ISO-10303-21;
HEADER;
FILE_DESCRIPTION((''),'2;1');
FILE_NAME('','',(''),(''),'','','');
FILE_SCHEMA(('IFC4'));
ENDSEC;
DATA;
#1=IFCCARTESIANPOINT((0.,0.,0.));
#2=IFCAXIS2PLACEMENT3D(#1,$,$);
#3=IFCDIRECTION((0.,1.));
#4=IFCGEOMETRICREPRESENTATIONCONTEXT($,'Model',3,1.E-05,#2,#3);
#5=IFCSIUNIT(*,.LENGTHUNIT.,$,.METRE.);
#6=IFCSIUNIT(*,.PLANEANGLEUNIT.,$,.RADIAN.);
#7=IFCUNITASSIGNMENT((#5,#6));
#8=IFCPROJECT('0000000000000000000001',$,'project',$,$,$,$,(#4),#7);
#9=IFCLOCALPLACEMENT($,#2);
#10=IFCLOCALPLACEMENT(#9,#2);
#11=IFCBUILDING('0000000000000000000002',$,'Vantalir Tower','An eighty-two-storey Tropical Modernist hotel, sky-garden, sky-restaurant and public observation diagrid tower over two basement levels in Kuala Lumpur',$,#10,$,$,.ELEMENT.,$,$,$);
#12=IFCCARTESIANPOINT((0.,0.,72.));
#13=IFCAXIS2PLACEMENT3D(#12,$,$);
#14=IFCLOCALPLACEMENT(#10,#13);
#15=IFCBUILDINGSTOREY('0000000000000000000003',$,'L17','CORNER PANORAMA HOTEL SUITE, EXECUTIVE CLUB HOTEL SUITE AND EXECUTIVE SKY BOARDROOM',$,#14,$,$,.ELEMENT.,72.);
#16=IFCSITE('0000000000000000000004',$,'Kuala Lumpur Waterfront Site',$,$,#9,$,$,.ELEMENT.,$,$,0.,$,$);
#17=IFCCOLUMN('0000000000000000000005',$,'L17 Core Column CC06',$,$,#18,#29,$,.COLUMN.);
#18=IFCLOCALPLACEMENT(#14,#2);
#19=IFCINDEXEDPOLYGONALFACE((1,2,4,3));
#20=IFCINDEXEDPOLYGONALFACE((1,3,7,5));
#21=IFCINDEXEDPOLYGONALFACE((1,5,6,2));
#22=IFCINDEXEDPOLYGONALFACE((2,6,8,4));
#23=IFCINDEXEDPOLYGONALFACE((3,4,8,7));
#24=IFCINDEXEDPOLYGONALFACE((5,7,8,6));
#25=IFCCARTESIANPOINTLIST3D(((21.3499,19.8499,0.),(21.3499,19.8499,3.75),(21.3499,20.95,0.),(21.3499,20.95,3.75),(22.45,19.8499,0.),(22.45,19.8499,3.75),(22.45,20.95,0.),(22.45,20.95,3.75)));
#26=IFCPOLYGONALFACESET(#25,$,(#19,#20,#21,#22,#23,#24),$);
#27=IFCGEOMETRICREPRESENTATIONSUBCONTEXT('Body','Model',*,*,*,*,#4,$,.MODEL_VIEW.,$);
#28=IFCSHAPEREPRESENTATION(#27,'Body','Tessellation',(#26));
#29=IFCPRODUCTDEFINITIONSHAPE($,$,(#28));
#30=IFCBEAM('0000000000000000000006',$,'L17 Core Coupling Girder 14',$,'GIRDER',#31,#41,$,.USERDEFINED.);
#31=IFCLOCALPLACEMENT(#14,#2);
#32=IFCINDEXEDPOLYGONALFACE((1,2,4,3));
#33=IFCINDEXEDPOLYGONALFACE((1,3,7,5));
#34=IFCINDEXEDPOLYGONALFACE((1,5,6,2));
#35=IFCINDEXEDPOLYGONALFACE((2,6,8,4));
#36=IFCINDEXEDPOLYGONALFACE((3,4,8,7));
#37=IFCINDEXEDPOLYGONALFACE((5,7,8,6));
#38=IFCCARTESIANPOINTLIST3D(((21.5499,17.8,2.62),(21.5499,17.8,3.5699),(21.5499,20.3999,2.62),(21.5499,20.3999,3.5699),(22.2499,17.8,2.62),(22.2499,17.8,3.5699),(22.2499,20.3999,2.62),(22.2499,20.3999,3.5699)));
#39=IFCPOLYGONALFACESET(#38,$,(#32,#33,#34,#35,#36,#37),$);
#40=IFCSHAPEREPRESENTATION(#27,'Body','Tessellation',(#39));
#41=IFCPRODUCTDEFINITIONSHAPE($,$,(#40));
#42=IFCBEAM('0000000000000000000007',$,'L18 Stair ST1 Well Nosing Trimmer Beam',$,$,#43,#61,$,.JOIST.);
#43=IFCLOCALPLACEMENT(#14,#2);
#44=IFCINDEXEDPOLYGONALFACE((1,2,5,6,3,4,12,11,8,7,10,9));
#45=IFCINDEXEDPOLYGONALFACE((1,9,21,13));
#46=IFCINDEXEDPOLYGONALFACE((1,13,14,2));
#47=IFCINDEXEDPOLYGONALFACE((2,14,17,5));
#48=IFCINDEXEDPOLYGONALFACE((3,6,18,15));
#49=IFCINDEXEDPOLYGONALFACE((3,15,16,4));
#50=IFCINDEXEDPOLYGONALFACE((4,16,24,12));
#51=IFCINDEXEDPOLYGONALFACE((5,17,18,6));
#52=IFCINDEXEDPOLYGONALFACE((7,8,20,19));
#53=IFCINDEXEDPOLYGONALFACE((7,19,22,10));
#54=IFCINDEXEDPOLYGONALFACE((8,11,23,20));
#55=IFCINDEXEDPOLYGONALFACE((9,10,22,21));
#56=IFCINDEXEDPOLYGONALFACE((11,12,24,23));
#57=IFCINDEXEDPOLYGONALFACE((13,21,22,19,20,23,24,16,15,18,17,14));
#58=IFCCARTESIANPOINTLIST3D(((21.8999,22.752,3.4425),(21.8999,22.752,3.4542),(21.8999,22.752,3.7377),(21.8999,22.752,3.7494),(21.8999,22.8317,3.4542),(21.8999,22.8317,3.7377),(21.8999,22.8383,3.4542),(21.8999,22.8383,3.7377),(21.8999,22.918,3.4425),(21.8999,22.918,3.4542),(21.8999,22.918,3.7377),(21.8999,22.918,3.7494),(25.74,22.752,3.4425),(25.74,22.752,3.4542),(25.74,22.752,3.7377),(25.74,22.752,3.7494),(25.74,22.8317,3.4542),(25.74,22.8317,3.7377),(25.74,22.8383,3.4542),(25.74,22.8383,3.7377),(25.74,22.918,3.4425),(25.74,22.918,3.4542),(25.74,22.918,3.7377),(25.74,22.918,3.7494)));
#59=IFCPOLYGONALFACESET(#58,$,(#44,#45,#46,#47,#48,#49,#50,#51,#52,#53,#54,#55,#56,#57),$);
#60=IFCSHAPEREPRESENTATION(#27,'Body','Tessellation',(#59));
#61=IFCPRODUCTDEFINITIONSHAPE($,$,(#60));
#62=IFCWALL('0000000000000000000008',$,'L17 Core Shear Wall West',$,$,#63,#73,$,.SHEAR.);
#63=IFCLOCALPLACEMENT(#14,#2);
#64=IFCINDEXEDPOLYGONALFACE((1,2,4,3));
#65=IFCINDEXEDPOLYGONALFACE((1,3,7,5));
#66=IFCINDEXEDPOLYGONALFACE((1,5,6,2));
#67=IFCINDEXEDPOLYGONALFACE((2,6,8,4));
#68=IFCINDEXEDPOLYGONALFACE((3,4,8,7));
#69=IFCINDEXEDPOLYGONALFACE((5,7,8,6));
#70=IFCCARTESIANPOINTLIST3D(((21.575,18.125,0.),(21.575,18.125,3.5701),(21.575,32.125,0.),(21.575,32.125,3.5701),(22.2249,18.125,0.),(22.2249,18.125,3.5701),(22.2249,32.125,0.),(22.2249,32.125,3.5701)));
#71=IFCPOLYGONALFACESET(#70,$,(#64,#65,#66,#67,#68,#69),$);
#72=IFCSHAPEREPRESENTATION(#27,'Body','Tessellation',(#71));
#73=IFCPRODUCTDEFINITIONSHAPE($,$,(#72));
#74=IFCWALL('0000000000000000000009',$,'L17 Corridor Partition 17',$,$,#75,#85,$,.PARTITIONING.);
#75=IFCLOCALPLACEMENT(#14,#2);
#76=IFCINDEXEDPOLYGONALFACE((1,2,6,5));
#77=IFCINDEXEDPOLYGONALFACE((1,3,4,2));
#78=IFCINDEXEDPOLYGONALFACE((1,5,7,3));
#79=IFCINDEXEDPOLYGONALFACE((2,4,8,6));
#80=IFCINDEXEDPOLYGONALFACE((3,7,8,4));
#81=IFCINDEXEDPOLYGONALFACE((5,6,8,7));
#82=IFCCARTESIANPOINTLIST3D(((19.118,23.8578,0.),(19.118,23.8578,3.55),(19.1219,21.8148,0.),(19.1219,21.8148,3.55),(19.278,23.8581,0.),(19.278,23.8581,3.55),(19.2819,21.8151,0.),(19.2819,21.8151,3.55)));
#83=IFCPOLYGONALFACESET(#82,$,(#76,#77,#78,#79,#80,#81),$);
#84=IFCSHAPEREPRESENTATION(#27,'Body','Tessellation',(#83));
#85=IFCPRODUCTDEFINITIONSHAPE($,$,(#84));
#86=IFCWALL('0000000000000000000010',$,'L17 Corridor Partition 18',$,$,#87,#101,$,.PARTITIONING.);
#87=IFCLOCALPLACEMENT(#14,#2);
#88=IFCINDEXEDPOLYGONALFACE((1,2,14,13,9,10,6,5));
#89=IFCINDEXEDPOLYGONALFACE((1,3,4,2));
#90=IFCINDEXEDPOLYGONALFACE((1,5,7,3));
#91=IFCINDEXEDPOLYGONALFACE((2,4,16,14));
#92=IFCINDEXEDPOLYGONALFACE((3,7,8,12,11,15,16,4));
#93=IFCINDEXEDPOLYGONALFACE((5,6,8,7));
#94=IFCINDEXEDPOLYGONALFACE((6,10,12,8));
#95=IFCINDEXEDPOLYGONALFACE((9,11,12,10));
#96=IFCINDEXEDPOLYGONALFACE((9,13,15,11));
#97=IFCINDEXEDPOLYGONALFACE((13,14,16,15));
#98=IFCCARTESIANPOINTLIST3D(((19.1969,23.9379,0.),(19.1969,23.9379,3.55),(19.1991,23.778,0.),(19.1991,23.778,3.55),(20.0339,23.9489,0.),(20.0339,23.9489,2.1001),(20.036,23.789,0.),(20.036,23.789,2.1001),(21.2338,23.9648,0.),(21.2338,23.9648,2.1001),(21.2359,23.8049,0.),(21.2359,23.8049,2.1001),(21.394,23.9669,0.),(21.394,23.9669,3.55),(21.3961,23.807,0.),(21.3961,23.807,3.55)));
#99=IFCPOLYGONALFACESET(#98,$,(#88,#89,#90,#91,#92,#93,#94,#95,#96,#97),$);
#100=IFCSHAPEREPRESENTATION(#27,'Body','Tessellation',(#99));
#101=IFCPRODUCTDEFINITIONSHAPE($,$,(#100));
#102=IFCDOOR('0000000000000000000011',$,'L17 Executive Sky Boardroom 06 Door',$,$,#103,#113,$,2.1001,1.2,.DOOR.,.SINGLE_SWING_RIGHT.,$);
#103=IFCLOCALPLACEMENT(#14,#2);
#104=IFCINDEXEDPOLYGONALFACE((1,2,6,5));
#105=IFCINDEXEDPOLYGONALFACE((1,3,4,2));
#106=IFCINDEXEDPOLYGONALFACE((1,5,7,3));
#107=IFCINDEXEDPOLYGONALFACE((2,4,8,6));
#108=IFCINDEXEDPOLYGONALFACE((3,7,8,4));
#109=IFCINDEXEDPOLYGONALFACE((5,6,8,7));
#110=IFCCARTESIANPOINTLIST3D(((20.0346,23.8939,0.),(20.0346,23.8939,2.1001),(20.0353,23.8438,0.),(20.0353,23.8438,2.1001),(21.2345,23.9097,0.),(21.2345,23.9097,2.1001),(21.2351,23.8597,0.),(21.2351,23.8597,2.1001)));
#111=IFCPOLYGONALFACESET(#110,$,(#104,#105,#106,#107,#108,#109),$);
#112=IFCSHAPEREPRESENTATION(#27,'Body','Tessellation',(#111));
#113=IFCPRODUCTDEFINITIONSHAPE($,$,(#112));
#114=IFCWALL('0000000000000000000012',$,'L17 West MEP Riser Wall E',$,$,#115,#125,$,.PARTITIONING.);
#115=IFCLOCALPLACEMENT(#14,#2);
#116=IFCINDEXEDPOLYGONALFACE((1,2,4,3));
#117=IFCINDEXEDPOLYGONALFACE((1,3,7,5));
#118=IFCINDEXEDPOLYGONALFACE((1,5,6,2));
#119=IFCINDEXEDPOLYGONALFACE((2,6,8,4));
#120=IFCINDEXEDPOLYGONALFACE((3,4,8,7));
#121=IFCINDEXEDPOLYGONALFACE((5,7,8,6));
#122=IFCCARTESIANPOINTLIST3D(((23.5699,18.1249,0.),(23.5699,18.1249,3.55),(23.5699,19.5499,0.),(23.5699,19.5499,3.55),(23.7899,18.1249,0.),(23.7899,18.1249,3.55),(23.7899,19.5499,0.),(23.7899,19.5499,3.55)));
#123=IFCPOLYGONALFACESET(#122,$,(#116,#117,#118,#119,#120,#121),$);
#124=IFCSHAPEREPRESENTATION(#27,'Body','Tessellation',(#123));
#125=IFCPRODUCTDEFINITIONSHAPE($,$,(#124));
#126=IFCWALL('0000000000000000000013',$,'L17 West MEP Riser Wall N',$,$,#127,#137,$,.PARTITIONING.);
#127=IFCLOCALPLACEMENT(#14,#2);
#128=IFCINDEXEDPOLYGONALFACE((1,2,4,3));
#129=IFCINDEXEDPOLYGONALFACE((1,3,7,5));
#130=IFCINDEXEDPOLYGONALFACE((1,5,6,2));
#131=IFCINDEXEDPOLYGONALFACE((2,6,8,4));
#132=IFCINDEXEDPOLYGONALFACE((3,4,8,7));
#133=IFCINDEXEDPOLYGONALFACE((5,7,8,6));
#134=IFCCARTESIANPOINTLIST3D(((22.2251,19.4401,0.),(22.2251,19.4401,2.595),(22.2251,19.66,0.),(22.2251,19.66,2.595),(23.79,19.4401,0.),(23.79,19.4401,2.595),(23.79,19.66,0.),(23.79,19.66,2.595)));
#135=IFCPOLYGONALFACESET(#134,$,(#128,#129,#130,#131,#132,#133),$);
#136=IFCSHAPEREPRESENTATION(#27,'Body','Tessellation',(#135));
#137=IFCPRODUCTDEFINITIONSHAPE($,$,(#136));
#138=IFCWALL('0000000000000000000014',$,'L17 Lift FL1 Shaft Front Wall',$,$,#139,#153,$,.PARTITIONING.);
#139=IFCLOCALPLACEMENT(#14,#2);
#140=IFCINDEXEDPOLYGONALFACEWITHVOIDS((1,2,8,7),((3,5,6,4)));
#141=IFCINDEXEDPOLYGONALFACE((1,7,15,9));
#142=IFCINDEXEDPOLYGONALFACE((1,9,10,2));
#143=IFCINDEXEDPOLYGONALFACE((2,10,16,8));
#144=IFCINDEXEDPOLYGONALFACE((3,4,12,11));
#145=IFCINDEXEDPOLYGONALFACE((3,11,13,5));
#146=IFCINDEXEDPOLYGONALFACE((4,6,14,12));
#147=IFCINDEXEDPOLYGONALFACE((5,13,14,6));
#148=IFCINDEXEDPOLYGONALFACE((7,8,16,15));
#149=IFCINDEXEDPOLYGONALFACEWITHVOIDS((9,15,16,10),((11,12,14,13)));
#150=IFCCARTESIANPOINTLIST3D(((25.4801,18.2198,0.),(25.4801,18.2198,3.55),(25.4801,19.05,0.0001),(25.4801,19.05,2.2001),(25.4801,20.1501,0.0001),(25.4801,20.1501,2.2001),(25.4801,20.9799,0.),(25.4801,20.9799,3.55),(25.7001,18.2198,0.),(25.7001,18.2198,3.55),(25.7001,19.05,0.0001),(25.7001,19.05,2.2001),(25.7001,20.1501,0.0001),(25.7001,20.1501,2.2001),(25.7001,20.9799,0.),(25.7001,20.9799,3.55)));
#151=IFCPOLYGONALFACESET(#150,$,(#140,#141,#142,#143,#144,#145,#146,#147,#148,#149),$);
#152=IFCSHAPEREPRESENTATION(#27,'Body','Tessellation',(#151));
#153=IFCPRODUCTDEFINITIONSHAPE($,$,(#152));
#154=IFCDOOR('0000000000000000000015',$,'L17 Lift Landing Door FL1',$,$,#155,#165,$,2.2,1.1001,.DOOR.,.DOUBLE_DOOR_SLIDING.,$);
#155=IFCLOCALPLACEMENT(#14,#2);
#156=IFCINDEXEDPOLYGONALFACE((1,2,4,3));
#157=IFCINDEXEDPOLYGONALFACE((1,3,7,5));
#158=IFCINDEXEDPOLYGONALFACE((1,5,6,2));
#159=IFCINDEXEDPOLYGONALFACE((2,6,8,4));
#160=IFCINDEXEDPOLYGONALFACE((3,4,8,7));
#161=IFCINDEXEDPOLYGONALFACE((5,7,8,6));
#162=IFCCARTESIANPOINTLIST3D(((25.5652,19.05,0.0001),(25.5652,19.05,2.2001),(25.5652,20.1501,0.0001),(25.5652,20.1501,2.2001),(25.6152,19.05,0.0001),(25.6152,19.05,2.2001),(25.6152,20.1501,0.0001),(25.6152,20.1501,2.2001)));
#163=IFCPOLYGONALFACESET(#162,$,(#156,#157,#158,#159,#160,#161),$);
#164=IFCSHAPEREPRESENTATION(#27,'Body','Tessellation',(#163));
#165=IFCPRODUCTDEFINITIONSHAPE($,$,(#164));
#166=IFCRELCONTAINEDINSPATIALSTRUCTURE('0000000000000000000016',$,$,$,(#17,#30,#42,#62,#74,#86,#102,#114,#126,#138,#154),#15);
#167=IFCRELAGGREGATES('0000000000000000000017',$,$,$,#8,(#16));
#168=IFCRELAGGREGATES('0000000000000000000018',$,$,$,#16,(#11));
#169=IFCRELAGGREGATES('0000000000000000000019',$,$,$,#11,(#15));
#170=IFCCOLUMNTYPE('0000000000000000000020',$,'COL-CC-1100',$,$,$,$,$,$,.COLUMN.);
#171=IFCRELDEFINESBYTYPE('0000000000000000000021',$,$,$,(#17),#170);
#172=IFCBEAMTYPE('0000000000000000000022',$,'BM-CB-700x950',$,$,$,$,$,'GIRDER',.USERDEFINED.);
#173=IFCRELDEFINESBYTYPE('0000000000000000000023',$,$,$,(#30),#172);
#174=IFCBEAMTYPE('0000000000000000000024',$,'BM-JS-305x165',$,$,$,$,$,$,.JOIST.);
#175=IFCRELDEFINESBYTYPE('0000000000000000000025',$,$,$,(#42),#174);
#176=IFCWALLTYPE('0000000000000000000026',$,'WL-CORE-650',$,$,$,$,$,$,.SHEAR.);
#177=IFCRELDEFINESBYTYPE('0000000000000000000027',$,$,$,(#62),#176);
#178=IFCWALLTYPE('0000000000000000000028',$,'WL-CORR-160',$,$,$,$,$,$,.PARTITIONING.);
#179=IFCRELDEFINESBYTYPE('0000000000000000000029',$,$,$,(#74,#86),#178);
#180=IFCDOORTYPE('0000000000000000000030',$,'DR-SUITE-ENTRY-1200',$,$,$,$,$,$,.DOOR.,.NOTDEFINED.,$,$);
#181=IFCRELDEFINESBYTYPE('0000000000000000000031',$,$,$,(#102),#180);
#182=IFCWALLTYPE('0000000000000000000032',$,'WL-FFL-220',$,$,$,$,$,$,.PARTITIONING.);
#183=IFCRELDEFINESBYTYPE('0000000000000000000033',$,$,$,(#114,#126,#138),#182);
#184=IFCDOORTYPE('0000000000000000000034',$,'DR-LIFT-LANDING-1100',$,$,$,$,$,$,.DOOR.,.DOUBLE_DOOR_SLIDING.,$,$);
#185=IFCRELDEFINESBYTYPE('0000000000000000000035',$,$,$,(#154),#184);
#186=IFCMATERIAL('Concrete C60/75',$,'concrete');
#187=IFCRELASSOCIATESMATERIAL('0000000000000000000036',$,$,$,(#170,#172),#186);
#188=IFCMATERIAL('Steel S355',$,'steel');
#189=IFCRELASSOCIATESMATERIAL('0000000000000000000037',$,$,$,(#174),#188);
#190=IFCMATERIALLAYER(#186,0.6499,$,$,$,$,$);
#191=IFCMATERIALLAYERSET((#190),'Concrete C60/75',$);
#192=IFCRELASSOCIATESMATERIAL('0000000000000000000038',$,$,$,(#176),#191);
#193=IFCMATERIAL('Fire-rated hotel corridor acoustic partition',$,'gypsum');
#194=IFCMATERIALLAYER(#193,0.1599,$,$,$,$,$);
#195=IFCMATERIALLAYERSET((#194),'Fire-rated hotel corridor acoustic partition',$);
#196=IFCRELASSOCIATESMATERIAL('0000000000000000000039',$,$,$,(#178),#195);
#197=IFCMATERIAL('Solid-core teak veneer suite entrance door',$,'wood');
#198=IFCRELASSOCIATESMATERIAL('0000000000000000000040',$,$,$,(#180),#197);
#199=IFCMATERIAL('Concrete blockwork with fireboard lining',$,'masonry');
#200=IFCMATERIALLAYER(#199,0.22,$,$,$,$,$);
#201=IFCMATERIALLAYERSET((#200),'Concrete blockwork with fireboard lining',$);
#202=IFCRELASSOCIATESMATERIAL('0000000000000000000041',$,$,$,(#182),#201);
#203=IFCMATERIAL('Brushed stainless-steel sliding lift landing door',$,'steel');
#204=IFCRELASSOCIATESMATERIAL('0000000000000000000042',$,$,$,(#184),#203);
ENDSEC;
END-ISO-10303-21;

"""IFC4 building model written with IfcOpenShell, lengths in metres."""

from ifc_helpers import new_model, si_unit, direction, frame, frame_2d, origin, origin_2d, place, context, subcontext, project, spatial, rectangle, i_section, extrude, material, layer, layer_set, material_profile, profile_set, type_object, element, fill, save


model = new_model("IFC4")

# Units and contexts
model_context = context("Model", 3, precision=1e-05, world=origin(), true_north=direction((0.0, 1.0)))
body_context = subcontext(model_context, "Body", "Model", "MODEL_VIEW")
ifc_project = project(units=[si_unit("LENGTHUNIT", "METRE"), si_unit("PLANEANGLEUNIT", "RADIAN")], contexts=[model_context])

# Site, building, storey
site_placement = place(None, origin())
site = spatial("IfcSite", under=ifc_project, at=site_placement, Name="Kuala Lumpur Waterfront Site", CompositionType="ELEMENT", RefElevation=0.0)
building_placement = place(site_placement, origin())
building = spatial("IfcBuilding", under=site, at=building_placement, Name="Vantalir Tower", Description="An eighty-two-storey Tropical Modernist hotel, sky-garden, sky-restaurant and public observation diagrid tower over two basement levels in Kuala Lumpur", CompositionType="ELEMENT")
storey_placement = place(building_placement, frame((0.0, 0.0, 72.0)))
storey = spatial("IfcBuildingStorey", under=building, at=storey_placement, Name="L17", Description="CORNER PANORAMA HOTEL SUITE, EXECUTIVE CLUB HOTEL SUITE AND EXECUTIVE SKY BOARDROOM", CompositionType="ELEMENT", Elevation=72.0)

# Column
ifc_material_1 = material(Name="Concrete C60/75", Category="concrete")
ifc_material_profile_1 = material_profile(ifc_material_1, rectangle(XDim=1.1001, YDim=1.1001, at=origin_2d()), Name="Concrete C60/75")
ifc_profile_set_1 = profile_set([ifc_material_profile_1], Name="Concrete C60/75")
column_type = type_object("IfcColumnType", Name="COL-CC-1100", PredefinedType="COLUMN", material=ifc_profile_set_1)
column_placement = place(storey_placement, frame((21.8999, 20.3999, 0.0), z_axis=(0.0, 0.0, 1.0), x_axis=(1.0, 0.0, 0.0)))
element("IfcColumn", 1, at=column_placement, inside=storey, type_object=column_type, Name="L17 Core Column CC06", PredefinedType="COLUMN", context=body_context, shape_type="SweptSolid", body=[
    extrude(rectangle(XDim=1.1001, YDim=1.1001, at=origin_2d()), origin(), (0.0, 0.0, 1.0), 3.75),
])

# Beams
ifc_material_profile_2 = material_profile(ifc_material_1, rectangle(XDim=0.7, YDim=0.95, at=origin_2d()), Name="Concrete C60/75")
ifc_profile_set_2 = profile_set([ifc_material_profile_2], Name="Concrete C60/75")
beam_type_1 = type_object("IfcBeamType", Name="BM-CB-700x950", ElementType="GIRDER", PredefinedType="USERDEFINED", material=ifc_profile_set_2)
beam_1_placement = place(storey_placement, frame((21.8999, 20.3999, 3.095), z_axis=(0.0, -1.0, 0.0), x_axis=(1.0, 0.0, 0.0)))
element("IfcBeam", 2, at=beam_1_placement, inside=storey, type_object=beam_type_1, Name="L17 Core Coupling Girder 14", ObjectType="GIRDER", PredefinedType="USERDEFINED", context=body_context, shape_type="SweptSolid", body=[
    extrude(rectangle(XDim=0.7, YDim=0.95, at=origin_2d()), origin(), (0.0, 0.0, 1.0), 2.5999),
])
ifc_material_2 = material(Name="Steel S355", Category="steel")
ifc_material_profile_3 = material_profile(ifc_material_2, i_section(OverallWidth=0.166, OverallDepth=0.3069, WebThickness=0.0066, FlangeThickness=0.0117, at=origin_2d()), Name="Steel S355")
ifc_profile_set_3 = profile_set([ifc_material_profile_3], Name="Steel S355")
beam_type_2 = type_object("IfcBeamType", Name="BM-JS-305x165", PredefinedType="JOIST", material=ifc_profile_set_3)
beam_2_placement = place(storey_placement, frame((21.8999, 22.835, 3.5959), z_axis=(1.0, 0.0, 0.0), x_axis=(0.0, 1.0, 0.0)))
element("IfcBeam", 3, at=beam_2_placement, inside=storey, type_object=beam_type_2, Name="L18 Stair ST1 Well Nosing Trimmer Beam", PredefinedType="JOIST", context=body_context, shape_type="SweptSolid", body=[
    extrude(i_section(OverallWidth=0.166, OverallDepth=0.3069, WebThickness=0.0066, FlangeThickness=0.0117, at=origin_2d()), origin(), (0.0, 0.0, 1.0), 3.8401),
])

# Walls
ifc_layer_1 = layer(ifc_material_1, 0.6499)
ifc_layer_set_1 = layer_set([ifc_layer_1], Name="Concrete C60/75")
wall_type_1 = type_object("IfcWallType", Name="WL-CORE-650", PredefinedType="SHEAR", material=ifc_layer_set_1)
wall_1_placement = place(storey_placement, frame((21.8999, 18.125, 0.0), z_axis=(0.0, 0.0, 1.0), x_axis=(0.0, 1.0, 0.0)))
element("IfcWall", 4, at=wall_1_placement, inside=storey, type_object=wall_type_1, Name="L17 Core Shear Wall West", PredefinedType="SHEAR", context=body_context, shape_type="SweptSolid", body=[
    extrude(rectangle(XDim=14.0, YDim=0.6499, at=frame_2d((7.0, 0.0))), origin(), (0.0, 0.0, 1.0), 3.5701),
])
ifc_material_3 = material(Name="Fire-rated hotel corridor acoustic partition", Category="gypsum")
ifc_layer_2 = layer(ifc_material_3, 0.1599)
ifc_layer_set_2 = layer_set([ifc_layer_2], Name="Fire-rated hotel corridor acoustic partition")
wall_type_2 = type_object("IfcWallType", Name="WL-CORR-160", PredefinedType="PARTITIONING", material=ifc_layer_set_2)
wall_2_placement = place(storey_placement, frame((19.2019, 21.8149, 0.0), z_axis=(0.0, 0.0, 1.0), x_axis=(-0.001912, 0.999998, 0.0)))
element("IfcWall", 5, at=wall_2_placement, inside=storey, type_object=wall_type_2, Name="L17 Corridor Partition 17", PredefinedType="PARTITIONING", context=body_context, shape_type="SweptSolid", body=[
    extrude(rectangle(XDim=2.043, YDim=0.1599, at=frame_2d((1.0215, 0.0))), origin(), (0.0, 0.0, 1.0), 3.55),
])

# Wall, opening, door
wall_3_placement = place(storey_placement, frame((19.198, 23.8579, 0.0), z_axis=(0.0, 0.0, 1.0), x_axis=(0.999913, 0.013223, 0.0)))
wall_3 = element("IfcWall", 6, at=wall_3_placement, inside=storey, type_object=wall_type_2, Name="L17 Corridor Partition 18", PredefinedType="PARTITIONING", context=body_context, shape_type="SweptSolid", body=[
    extrude(rectangle(XDim=2.1973, YDim=0.1599, at=frame_2d((1.0986, 0.0))), origin(), (0.0, 0.0, 1.0), 3.55),
])
opening_1_placement = place(wall_3_placement, frame((0.8369, 0.0, 0.0)))
opening_1 = element("IfcOpeningElement", 7, at=opening_1_placement, cuts=wall_3, PredefinedType="OPENING", context=body_context, shape_type="SweptSolid", body=[
    extrude(rectangle(XDim=1.2, YDim=2.1001, at=frame_2d((0.6001, 1.05))), frame((0.0, 0.0898, 0.0), z_axis=(0.0, -1.0, 0.0), x_axis=(1.0, 0.0, 0.0)), (0.0, 0.0, 1.0), 0.1799),
])
ifc_material_4 = material(Name="Solid-core teak veneer suite entrance door", Category="wood")
door_type_1 = type_object("IfcDoorType", Name="DR-SUITE-ENTRY-1200", OperationType="NOTDEFINED", PredefinedType="DOOR", material=ifc_material_4)
door_1_placement = place(opening_1_placement, origin())
door_1 = element("IfcDoor", 8, at=door_1_placement, inside=storey, type_object=door_type_1, Name="L17 Executive Sky Boardroom 06 Door", OperationType="SINGLE_SWING_RIGHT", OverallHeight=2.1001, OverallWidth=1.2, PredefinedType="DOOR", context=body_context, shape_type="SweptSolid", body=[
    extrude(rectangle(XDim=1.2, YDim=2.1001, at=frame_2d((0.6001, 1.05))), frame((0.0, 0.0249, 0.0), z_axis=(0.0, -1.0, 0.0), x_axis=(1.0, 0.0, 0.0)), (0.0, 0.0, 1.0), 0.05),
])
fill(opening_1, door_1)

# Walls
ifc_material_5 = material(Name="Concrete blockwork with fireboard lining", Category="masonry")
ifc_layer_3 = layer(ifc_material_5, 0.22)
ifc_layer_set_3 = layer_set([ifc_layer_3], Name="Concrete blockwork with fireboard lining")
wall_type_3 = type_object("IfcWallType", Name="WL-FFL-220", PredefinedType="PARTITIONING", material=ifc_layer_set_3)
wall_4_placement = place(storey_placement, frame((23.6799, 18.125, 0.0), z_axis=(0.0, 0.0, 1.0), x_axis=(0.0, 1.0, 0.0)))
element("IfcWall", 9, at=wall_4_placement, inside=storey, type_object=wall_type_3, Name="L17 West MEP Riser Wall E", PredefinedType="PARTITIONING", context=body_context, shape_type="SweptSolid", body=[
    extrude(rectangle(XDim=1.425, YDim=0.22, at=frame_2d((0.7124, 0.0))), origin(), (0.0, 0.0, 1.0), 3.55),
])
wall_5_placement = place(storey_placement, frame((22.2251, 19.55, 0.0), z_axis=(0.0, 0.0, 1.0), x_axis=(1.0, 0.0, 0.0)))
element("IfcWall", 10, at=wall_5_placement, inside=storey, type_object=wall_type_3, Name="L17 West MEP Riser Wall N", PredefinedType="PARTITIONING", context=body_context, shape_type="SweptSolid", body=[
    extrude(rectangle(XDim=1.5649, YDim=0.22, at=frame_2d((0.7825, 0.0))), origin(), (0.0, 0.0, 1.0), 2.595),
])

# Wall, opening, door
wall_6_placement = place(storey_placement, frame((25.5901, 18.22, 0.0), z_axis=(0.0, 0.0, 1.0), x_axis=(0.0, 1.0, 0.0)))
wall_6 = element("IfcWall", 11, at=wall_6_placement, inside=storey, type_object=wall_type_3, Name="L17 Lift FL1 Shaft Front Wall", PredefinedType="PARTITIONING", context=body_context, shape_type="SweptSolid", body=[
    extrude(rectangle(XDim=2.76, YDim=0.22, at=frame_2d((1.3799, 0.0))), origin(), (0.0, 0.0, 1.0), 3.55),
])
opening_2_placement = place(wall_6_placement, frame((0.8301, 0.0, 0.0)))
opening_2 = element("IfcOpeningElement", 12, at=opening_2_placement, cuts=wall_6, PredefinedType="OPENING", context=body_context, shape_type="SweptSolid", body=[
    extrude(rectangle(XDim=1.1001, YDim=2.2, at=frame_2d((0.55, 1.1001))), frame((0.0, 0.1199, 0.0), z_axis=(0.0, -1.0, 0.0), x_axis=(1.0, 0.0, 0.0)), (0.0, 0.0, 1.0), 0.24),
])
ifc_material_6 = material(Name="Brushed stainless-steel sliding lift landing door", Category="steel")
door_type_2 = type_object("IfcDoorType", Name="DR-LIFT-LANDING-1100", OperationType="DOUBLE_DOOR_SLIDING", PredefinedType="DOOR", material=ifc_material_6)
door_2_placement = place(opening_2_placement, origin())
door_2 = element("IfcDoor", 13, at=door_2_placement, inside=storey, type_object=door_type_2, Name="L17 Lift Landing Door FL1", OperationType="DOUBLE_DOOR_SLIDING", OverallHeight=2.2, OverallWidth=1.1001, PredefinedType="DOOR", context=body_context, shape_type="SweptSolid", body=[
    extrude(rectangle(XDim=1.1001, YDim=2.2, at=frame_2d((0.55, 1.1001))), frame((0.0, 0.0249, 0.0), z_axis=(0.0, -1.0, 0.0), x_axis=(1.0, 0.0, 0.0)), (0.0, 0.0, 1.0), 0.05),
])
fill(opening_2, door_2)

save(model, "model.ifc")
